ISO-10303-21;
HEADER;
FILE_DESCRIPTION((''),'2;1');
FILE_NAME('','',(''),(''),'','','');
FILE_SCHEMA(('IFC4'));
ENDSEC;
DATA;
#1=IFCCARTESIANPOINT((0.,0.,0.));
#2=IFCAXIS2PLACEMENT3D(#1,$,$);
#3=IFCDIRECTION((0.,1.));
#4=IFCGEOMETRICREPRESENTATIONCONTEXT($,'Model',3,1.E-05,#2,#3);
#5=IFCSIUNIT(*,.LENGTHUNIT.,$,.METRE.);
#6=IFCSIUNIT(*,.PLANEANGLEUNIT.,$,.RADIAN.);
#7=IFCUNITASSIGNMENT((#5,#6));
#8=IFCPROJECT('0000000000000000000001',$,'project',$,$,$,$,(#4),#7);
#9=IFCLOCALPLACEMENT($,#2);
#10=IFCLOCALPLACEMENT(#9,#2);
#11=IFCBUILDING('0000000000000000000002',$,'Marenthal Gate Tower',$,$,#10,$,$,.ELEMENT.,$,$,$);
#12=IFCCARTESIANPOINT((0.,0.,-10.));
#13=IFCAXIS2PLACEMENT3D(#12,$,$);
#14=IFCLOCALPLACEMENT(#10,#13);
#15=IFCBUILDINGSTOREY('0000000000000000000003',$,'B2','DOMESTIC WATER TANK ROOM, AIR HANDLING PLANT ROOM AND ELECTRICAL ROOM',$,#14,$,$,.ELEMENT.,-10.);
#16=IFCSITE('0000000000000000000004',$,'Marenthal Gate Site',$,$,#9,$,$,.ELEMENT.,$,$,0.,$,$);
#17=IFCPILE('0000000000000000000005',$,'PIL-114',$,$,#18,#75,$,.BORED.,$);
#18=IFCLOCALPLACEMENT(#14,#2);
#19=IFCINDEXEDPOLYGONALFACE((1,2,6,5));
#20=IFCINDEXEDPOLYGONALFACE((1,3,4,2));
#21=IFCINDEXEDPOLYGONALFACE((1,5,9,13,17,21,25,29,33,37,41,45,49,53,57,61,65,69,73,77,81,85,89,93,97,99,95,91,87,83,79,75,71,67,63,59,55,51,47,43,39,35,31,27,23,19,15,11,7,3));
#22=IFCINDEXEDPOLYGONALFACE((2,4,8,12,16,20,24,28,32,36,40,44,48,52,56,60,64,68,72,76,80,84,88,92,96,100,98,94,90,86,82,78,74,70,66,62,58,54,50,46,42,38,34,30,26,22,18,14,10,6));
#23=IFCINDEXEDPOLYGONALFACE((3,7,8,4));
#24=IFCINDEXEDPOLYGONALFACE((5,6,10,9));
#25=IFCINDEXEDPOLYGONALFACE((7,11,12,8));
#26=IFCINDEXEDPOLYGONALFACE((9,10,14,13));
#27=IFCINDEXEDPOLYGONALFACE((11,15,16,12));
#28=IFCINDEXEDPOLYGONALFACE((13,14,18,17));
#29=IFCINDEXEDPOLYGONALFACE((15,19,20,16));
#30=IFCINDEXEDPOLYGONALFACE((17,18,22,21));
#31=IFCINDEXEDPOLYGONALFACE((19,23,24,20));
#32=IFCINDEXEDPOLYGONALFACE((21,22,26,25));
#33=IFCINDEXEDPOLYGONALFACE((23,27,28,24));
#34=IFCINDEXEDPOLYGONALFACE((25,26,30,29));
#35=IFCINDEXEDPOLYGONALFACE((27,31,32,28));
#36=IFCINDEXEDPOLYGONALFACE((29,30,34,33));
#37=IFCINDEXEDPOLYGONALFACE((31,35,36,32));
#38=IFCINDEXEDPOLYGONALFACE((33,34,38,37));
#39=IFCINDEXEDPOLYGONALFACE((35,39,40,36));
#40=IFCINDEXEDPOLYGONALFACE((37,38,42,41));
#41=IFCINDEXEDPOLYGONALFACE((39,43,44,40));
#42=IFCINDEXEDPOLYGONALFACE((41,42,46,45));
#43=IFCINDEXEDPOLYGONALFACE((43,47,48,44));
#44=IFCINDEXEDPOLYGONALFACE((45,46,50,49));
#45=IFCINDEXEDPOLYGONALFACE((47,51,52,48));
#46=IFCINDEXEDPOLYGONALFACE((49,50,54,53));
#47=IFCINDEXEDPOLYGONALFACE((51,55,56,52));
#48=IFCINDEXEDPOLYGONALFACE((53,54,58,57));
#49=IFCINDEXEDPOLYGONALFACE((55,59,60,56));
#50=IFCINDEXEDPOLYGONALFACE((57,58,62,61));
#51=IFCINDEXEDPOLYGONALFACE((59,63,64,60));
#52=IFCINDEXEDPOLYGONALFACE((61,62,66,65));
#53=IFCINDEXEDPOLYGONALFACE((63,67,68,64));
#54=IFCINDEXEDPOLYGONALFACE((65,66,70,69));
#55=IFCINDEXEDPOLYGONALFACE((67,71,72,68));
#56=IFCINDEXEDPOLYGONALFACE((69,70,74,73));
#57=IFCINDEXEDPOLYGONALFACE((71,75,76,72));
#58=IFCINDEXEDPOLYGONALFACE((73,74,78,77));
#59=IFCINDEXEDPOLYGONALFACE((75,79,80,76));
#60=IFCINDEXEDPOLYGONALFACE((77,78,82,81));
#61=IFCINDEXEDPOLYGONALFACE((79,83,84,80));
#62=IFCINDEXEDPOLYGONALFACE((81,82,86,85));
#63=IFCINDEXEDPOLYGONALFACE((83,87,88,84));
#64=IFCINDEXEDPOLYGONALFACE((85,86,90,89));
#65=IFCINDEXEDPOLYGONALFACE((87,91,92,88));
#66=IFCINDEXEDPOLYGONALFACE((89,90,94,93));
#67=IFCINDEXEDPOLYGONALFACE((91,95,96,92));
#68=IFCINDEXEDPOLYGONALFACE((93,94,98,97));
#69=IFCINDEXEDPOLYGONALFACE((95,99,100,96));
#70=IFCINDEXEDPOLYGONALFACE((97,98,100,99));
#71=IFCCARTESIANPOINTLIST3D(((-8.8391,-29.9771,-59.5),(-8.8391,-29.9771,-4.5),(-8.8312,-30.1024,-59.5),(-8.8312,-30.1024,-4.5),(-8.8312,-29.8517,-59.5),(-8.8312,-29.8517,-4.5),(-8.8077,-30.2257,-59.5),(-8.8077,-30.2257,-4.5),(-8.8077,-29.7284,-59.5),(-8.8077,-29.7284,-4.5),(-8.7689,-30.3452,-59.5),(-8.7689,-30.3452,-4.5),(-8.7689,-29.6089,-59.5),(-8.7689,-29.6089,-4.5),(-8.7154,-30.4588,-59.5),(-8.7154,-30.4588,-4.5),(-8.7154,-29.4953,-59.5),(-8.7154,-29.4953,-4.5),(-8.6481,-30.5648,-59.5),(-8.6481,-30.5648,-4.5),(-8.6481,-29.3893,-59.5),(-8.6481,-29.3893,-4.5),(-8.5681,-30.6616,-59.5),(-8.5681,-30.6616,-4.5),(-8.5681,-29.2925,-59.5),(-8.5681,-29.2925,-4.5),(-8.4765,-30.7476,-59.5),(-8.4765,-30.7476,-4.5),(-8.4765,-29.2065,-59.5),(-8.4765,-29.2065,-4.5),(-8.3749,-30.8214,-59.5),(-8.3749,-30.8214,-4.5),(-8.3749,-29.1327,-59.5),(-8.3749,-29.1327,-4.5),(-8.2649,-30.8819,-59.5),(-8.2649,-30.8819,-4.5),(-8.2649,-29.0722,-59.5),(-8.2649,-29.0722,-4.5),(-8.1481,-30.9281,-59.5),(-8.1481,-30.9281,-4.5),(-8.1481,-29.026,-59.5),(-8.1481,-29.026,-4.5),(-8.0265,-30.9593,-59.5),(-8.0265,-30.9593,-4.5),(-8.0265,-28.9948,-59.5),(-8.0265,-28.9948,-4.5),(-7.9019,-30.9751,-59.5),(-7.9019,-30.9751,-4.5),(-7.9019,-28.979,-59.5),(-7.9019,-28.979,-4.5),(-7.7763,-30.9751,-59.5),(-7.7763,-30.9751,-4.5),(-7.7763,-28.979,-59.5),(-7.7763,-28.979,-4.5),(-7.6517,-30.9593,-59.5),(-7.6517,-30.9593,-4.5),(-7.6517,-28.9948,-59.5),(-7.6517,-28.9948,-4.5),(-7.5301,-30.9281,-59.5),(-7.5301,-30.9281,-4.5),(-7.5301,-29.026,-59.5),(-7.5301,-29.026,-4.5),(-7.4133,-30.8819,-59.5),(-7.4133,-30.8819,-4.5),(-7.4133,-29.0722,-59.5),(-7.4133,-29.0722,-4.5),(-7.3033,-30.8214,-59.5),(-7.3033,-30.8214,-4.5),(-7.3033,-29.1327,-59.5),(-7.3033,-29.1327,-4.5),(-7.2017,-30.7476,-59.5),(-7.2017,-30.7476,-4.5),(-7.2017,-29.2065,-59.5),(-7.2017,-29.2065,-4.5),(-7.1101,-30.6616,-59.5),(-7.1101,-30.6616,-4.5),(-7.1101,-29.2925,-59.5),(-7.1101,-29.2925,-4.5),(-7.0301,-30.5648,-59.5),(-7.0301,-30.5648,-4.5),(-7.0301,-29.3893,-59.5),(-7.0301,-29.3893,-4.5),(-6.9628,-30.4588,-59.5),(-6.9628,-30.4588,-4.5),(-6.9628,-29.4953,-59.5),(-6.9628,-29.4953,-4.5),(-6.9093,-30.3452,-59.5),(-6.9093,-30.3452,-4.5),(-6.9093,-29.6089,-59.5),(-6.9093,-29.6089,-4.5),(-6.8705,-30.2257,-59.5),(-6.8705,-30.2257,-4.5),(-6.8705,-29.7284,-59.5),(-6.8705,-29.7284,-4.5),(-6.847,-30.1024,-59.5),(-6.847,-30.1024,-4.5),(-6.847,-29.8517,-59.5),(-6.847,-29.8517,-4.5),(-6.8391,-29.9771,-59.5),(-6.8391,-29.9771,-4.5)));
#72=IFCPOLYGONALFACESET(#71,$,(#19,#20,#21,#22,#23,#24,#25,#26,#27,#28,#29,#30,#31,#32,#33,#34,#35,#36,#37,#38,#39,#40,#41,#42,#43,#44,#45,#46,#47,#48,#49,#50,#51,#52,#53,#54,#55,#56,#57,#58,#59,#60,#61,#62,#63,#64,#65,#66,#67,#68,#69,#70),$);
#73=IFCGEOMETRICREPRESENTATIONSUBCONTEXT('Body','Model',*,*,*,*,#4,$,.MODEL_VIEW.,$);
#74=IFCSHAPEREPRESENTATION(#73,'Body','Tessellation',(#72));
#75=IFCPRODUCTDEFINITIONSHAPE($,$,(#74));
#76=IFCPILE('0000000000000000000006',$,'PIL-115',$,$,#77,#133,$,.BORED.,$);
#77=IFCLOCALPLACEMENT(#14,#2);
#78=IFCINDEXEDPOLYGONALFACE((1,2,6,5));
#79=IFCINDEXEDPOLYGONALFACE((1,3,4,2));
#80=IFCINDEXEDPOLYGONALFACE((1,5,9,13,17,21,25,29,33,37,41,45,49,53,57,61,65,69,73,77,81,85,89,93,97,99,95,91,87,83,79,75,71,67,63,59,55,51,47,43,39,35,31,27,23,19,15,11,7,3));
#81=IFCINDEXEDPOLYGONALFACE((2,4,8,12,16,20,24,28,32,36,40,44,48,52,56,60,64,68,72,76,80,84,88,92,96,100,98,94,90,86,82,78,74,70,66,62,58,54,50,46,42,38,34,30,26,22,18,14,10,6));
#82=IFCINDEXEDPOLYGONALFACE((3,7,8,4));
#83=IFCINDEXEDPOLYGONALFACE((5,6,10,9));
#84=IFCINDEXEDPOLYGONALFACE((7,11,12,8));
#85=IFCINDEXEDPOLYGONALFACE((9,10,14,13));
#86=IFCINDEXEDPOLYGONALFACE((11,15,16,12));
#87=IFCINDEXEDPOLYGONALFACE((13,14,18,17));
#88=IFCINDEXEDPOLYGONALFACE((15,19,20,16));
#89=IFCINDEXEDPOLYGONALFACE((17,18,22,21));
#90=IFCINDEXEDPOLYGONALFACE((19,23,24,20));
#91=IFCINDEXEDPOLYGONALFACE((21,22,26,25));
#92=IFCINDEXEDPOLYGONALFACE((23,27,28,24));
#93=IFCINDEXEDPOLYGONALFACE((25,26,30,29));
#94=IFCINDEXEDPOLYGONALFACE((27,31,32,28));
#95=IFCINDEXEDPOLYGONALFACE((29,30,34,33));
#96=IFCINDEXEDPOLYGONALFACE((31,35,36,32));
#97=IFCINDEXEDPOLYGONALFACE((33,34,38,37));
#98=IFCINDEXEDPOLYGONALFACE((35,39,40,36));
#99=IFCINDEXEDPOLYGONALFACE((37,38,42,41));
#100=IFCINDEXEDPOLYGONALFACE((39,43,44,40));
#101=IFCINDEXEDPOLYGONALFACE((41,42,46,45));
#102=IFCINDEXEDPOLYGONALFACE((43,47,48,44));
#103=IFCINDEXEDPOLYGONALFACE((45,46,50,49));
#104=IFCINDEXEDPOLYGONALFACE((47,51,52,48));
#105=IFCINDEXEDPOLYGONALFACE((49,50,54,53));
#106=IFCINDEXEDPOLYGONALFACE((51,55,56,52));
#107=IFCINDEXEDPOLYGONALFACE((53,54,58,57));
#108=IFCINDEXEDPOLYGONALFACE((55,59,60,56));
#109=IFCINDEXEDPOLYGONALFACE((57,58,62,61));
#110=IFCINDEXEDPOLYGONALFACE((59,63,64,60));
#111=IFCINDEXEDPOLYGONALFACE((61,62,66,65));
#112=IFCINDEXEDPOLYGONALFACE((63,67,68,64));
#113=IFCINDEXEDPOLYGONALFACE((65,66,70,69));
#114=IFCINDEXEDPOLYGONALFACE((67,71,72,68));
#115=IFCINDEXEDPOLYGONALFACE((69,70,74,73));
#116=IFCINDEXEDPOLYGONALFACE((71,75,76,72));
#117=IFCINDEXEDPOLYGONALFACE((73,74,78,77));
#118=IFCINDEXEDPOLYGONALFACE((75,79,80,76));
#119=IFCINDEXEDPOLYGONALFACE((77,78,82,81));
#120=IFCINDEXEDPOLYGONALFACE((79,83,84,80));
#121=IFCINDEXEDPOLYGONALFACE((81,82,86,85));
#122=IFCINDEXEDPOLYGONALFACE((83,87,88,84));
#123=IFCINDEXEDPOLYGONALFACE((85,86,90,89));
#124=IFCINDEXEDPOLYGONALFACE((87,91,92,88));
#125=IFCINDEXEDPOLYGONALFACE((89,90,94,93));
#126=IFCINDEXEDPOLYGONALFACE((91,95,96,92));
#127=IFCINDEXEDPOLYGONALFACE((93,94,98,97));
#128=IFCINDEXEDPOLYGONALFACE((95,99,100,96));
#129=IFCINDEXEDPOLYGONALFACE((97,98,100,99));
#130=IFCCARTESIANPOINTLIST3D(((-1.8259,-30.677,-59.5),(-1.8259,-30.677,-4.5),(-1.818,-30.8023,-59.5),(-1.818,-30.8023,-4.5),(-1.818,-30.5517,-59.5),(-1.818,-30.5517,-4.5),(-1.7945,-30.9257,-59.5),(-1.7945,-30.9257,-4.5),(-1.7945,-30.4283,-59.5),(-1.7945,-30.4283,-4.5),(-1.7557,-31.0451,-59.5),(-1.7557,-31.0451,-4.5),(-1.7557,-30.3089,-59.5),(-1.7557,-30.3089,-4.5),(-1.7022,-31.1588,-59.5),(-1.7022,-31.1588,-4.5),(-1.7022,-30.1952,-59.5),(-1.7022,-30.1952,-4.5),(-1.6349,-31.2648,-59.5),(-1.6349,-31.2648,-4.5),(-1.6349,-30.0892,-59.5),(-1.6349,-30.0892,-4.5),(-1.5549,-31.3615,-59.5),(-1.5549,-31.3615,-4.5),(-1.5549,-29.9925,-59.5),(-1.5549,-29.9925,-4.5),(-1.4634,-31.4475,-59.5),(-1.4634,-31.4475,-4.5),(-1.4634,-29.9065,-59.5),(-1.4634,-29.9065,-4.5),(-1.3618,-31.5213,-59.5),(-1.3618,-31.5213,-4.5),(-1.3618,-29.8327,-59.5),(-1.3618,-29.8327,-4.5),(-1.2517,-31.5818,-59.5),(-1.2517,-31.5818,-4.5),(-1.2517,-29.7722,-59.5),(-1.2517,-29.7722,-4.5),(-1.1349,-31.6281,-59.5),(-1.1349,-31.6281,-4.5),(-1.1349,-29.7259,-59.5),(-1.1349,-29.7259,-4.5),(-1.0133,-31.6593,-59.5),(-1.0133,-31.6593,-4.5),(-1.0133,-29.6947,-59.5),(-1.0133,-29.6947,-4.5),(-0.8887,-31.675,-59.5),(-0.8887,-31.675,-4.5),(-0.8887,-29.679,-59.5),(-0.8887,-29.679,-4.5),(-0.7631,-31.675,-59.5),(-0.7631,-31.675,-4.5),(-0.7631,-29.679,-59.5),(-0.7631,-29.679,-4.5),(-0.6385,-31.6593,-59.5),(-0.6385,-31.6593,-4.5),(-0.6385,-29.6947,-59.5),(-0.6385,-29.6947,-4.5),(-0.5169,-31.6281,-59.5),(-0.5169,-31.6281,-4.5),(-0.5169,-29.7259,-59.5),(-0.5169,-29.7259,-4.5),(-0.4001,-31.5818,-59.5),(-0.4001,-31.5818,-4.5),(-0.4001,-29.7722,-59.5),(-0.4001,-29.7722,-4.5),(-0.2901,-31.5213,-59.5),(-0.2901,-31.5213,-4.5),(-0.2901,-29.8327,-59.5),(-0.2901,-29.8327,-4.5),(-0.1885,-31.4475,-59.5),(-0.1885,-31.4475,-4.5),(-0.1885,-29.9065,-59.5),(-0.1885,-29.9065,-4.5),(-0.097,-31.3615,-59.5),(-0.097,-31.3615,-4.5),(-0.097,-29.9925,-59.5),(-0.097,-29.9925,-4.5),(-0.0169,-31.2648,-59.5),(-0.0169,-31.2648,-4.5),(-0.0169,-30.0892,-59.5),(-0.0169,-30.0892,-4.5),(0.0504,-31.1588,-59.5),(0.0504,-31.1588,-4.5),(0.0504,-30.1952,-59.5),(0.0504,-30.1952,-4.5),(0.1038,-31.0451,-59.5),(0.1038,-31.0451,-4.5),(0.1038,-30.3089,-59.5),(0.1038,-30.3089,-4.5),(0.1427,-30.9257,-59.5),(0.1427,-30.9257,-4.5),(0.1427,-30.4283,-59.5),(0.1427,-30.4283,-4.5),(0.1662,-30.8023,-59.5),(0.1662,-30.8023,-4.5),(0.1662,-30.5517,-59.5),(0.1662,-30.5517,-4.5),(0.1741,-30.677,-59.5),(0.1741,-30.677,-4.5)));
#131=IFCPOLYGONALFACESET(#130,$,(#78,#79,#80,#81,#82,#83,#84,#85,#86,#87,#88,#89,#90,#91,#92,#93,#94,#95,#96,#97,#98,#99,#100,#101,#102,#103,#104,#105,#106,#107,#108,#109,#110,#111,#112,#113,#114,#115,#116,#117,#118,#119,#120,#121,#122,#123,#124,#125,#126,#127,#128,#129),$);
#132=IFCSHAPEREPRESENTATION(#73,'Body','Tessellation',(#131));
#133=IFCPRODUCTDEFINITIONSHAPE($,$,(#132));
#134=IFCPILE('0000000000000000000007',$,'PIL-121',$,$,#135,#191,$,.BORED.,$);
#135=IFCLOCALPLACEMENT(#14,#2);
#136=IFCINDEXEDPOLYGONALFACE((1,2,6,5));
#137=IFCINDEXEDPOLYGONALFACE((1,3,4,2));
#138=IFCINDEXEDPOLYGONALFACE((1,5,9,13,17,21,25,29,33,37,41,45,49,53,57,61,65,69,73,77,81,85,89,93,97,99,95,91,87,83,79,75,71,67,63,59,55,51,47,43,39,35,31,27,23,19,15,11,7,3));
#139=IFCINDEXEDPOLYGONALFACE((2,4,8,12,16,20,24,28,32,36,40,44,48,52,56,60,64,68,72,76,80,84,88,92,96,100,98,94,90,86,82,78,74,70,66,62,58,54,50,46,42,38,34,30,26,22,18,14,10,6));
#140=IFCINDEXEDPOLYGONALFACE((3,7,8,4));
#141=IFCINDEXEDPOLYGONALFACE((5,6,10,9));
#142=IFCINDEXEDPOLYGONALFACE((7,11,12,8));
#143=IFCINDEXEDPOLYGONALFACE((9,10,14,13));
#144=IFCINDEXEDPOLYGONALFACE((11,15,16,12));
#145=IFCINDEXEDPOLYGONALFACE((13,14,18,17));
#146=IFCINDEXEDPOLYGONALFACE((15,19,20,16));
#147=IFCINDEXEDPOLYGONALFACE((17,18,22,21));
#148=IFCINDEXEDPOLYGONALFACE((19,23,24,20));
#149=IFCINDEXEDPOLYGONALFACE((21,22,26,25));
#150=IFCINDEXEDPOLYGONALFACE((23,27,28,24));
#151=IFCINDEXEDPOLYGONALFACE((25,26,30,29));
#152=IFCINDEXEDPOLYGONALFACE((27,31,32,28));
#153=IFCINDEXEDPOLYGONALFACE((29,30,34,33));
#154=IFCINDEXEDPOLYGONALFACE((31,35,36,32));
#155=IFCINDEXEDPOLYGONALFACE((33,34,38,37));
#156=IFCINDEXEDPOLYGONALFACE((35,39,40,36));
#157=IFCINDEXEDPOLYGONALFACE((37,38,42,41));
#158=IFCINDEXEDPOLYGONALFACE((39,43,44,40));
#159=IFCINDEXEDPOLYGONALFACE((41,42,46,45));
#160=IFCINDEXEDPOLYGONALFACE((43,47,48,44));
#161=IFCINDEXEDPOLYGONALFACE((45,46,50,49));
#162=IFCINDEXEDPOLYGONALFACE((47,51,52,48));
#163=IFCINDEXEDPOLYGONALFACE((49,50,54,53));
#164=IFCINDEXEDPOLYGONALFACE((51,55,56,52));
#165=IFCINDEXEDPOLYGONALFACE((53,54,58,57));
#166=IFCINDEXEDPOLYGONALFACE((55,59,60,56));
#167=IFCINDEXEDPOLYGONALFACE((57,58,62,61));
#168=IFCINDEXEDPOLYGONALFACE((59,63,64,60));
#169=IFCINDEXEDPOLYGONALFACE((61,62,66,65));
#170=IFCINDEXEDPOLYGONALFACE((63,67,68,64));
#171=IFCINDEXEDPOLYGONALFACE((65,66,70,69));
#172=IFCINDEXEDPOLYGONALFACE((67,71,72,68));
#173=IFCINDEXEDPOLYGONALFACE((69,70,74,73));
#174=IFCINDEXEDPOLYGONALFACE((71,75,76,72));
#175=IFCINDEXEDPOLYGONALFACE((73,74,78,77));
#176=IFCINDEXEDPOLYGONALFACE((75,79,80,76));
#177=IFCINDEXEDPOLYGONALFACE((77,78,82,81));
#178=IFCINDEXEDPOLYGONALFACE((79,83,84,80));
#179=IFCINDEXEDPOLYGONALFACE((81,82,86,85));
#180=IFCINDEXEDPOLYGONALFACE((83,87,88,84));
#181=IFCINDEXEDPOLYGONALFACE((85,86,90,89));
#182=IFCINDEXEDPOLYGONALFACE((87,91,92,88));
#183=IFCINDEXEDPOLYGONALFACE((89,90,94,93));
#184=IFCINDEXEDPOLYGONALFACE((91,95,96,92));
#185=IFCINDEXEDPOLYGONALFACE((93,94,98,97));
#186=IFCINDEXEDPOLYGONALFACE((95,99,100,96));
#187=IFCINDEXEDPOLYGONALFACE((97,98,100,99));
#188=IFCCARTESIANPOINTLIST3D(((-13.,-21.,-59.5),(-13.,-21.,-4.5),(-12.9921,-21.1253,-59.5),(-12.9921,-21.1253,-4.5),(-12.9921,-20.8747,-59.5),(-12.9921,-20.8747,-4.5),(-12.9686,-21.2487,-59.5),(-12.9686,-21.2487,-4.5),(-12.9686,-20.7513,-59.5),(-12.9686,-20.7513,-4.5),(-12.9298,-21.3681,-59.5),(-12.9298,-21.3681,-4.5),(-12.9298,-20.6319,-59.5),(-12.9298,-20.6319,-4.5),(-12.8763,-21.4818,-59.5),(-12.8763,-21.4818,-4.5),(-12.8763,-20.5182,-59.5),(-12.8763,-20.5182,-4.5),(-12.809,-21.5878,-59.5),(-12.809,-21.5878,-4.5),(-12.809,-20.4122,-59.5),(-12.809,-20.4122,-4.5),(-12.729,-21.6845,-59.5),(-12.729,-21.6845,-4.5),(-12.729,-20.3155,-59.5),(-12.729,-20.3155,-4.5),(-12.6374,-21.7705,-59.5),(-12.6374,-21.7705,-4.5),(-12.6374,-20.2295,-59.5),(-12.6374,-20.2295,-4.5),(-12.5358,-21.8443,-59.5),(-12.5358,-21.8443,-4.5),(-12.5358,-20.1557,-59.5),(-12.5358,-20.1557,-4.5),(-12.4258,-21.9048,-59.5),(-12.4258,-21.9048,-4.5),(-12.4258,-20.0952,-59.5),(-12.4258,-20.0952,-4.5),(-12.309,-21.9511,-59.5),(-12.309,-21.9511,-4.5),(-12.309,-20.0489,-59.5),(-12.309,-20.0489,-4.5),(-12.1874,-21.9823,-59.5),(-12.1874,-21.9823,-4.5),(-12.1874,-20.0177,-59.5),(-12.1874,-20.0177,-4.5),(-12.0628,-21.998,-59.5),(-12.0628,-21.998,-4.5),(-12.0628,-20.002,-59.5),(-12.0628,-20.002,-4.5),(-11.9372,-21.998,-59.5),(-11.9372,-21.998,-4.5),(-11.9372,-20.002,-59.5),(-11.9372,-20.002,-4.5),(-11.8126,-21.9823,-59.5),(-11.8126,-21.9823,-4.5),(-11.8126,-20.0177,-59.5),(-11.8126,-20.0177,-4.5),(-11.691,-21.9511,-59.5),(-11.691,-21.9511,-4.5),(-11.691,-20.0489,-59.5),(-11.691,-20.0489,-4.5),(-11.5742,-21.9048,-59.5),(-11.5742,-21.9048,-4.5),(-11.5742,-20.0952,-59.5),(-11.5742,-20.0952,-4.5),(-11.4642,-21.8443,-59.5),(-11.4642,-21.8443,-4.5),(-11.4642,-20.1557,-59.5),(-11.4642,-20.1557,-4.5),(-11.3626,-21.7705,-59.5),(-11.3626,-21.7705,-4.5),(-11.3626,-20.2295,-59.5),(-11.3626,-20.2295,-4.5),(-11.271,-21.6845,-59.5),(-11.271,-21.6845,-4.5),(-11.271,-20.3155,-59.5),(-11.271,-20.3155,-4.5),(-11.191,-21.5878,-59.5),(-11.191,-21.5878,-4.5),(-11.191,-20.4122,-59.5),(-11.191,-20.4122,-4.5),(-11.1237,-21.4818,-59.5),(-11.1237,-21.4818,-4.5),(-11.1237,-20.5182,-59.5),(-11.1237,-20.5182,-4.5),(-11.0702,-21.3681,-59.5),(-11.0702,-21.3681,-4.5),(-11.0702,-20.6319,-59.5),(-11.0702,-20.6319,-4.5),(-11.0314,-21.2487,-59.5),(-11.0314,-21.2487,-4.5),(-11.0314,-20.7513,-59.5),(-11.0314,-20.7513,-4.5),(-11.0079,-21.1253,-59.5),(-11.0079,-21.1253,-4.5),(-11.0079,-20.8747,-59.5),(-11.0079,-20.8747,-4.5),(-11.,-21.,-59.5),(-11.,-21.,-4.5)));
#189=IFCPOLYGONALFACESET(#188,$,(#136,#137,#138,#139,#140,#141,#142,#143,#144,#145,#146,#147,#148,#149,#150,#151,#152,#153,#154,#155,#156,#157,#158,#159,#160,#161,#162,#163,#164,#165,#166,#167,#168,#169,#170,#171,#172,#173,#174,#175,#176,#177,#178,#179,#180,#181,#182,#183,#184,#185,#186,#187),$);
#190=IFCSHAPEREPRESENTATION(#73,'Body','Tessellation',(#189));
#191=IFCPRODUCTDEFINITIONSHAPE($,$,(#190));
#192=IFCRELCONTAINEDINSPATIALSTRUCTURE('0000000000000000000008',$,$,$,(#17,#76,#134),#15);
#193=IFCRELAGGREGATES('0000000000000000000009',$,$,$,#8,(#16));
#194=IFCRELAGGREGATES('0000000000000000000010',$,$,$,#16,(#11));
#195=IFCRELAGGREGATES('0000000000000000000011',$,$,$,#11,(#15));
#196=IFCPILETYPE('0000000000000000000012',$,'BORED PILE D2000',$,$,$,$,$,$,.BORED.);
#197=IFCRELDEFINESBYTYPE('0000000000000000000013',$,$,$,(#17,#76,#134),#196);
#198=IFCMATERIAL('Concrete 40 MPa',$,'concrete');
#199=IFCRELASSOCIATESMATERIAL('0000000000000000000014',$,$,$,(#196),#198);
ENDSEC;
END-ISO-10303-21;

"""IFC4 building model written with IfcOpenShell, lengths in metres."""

from ifc_helpers import new_model, si_unit, direction, frame, origin, origin_2d, place, context, subcontext, project, spatial, circle, extrude, material, type_object, element, save


model = new_model("IFC4")

# Units and contexts
model_context = context("Model", 3, precision=1e-05, world=origin(), true_north=direction((0.0, 1.0)))
body_context = subcontext(model_context, "Body", "Model", "MODEL_VIEW")
ifc_project = project(units=[si_unit("LENGTHUNIT", "METRE"), si_unit("PLANEANGLEUNIT", "RADIAN")], contexts=[model_context])

# Site, building, storey
site_placement = place(None, origin())
site = spatial("IfcSite", under=ifc_project, at=site_placement, Name="Marenthal Gate Site", CompositionType="ELEMENT", RefElevation=0.0)
building_placement = place(site_placement, origin())
building = spatial("IfcBuilding", under=site, at=building_placement, Name="Marenthal Gate Tower", CompositionType="ELEMENT")
storey_placement = place(building_placement, frame((0.0, 0.0, -10.0)))
storey = spatial("IfcBuildingStorey", under=building, at=storey_placement, Name="B2", Description="DOMESTIC WATER TANK ROOM, AIR HANDLING PLANT ROOM AND ELECTRICAL ROOM", CompositionType="ELEMENT", Elevation=-10.0)

# Piles
ifc_material_1 = material(Name="Concrete 40 MPa", Category="concrete")
pile_type = type_object("IfcPileType", Name="BORED PILE D2000", PredefinedType="BORED", material=ifc_material_1)
for number, where, z_axis, x_axis, name in (
    (1, (-7.8391, -29.9771, -4.5), (0.0, 0.0, -1.0), (1.0, 0.0, 0.0), "PIL-114"),
    (2, (-0.8259, -30.677, -4.5), (0.0, 0.0, -1.0), (1.0, 0.0, 0.0), "PIL-115"),
    (3, (-12.0, -21.0, -4.5), (0.0, 0.0, -1.0), (1.0, 0.0, 0.0), "PIL-121"),
):
    element("IfcPile", number, at=place(storey_placement, frame(where, z_axis=z_axis, x_axis=x_axis)), inside=storey, type_object=pile_type, Name=name, PredefinedType="BORED", context=body_context, shape_type="SweptSolid", body=[
        extrude(circle(Radius=1.0, at=origin_2d()), origin(), (0.0, 0.0, 1.0), 55.0),
    ])

save(model, "model.ifc")
